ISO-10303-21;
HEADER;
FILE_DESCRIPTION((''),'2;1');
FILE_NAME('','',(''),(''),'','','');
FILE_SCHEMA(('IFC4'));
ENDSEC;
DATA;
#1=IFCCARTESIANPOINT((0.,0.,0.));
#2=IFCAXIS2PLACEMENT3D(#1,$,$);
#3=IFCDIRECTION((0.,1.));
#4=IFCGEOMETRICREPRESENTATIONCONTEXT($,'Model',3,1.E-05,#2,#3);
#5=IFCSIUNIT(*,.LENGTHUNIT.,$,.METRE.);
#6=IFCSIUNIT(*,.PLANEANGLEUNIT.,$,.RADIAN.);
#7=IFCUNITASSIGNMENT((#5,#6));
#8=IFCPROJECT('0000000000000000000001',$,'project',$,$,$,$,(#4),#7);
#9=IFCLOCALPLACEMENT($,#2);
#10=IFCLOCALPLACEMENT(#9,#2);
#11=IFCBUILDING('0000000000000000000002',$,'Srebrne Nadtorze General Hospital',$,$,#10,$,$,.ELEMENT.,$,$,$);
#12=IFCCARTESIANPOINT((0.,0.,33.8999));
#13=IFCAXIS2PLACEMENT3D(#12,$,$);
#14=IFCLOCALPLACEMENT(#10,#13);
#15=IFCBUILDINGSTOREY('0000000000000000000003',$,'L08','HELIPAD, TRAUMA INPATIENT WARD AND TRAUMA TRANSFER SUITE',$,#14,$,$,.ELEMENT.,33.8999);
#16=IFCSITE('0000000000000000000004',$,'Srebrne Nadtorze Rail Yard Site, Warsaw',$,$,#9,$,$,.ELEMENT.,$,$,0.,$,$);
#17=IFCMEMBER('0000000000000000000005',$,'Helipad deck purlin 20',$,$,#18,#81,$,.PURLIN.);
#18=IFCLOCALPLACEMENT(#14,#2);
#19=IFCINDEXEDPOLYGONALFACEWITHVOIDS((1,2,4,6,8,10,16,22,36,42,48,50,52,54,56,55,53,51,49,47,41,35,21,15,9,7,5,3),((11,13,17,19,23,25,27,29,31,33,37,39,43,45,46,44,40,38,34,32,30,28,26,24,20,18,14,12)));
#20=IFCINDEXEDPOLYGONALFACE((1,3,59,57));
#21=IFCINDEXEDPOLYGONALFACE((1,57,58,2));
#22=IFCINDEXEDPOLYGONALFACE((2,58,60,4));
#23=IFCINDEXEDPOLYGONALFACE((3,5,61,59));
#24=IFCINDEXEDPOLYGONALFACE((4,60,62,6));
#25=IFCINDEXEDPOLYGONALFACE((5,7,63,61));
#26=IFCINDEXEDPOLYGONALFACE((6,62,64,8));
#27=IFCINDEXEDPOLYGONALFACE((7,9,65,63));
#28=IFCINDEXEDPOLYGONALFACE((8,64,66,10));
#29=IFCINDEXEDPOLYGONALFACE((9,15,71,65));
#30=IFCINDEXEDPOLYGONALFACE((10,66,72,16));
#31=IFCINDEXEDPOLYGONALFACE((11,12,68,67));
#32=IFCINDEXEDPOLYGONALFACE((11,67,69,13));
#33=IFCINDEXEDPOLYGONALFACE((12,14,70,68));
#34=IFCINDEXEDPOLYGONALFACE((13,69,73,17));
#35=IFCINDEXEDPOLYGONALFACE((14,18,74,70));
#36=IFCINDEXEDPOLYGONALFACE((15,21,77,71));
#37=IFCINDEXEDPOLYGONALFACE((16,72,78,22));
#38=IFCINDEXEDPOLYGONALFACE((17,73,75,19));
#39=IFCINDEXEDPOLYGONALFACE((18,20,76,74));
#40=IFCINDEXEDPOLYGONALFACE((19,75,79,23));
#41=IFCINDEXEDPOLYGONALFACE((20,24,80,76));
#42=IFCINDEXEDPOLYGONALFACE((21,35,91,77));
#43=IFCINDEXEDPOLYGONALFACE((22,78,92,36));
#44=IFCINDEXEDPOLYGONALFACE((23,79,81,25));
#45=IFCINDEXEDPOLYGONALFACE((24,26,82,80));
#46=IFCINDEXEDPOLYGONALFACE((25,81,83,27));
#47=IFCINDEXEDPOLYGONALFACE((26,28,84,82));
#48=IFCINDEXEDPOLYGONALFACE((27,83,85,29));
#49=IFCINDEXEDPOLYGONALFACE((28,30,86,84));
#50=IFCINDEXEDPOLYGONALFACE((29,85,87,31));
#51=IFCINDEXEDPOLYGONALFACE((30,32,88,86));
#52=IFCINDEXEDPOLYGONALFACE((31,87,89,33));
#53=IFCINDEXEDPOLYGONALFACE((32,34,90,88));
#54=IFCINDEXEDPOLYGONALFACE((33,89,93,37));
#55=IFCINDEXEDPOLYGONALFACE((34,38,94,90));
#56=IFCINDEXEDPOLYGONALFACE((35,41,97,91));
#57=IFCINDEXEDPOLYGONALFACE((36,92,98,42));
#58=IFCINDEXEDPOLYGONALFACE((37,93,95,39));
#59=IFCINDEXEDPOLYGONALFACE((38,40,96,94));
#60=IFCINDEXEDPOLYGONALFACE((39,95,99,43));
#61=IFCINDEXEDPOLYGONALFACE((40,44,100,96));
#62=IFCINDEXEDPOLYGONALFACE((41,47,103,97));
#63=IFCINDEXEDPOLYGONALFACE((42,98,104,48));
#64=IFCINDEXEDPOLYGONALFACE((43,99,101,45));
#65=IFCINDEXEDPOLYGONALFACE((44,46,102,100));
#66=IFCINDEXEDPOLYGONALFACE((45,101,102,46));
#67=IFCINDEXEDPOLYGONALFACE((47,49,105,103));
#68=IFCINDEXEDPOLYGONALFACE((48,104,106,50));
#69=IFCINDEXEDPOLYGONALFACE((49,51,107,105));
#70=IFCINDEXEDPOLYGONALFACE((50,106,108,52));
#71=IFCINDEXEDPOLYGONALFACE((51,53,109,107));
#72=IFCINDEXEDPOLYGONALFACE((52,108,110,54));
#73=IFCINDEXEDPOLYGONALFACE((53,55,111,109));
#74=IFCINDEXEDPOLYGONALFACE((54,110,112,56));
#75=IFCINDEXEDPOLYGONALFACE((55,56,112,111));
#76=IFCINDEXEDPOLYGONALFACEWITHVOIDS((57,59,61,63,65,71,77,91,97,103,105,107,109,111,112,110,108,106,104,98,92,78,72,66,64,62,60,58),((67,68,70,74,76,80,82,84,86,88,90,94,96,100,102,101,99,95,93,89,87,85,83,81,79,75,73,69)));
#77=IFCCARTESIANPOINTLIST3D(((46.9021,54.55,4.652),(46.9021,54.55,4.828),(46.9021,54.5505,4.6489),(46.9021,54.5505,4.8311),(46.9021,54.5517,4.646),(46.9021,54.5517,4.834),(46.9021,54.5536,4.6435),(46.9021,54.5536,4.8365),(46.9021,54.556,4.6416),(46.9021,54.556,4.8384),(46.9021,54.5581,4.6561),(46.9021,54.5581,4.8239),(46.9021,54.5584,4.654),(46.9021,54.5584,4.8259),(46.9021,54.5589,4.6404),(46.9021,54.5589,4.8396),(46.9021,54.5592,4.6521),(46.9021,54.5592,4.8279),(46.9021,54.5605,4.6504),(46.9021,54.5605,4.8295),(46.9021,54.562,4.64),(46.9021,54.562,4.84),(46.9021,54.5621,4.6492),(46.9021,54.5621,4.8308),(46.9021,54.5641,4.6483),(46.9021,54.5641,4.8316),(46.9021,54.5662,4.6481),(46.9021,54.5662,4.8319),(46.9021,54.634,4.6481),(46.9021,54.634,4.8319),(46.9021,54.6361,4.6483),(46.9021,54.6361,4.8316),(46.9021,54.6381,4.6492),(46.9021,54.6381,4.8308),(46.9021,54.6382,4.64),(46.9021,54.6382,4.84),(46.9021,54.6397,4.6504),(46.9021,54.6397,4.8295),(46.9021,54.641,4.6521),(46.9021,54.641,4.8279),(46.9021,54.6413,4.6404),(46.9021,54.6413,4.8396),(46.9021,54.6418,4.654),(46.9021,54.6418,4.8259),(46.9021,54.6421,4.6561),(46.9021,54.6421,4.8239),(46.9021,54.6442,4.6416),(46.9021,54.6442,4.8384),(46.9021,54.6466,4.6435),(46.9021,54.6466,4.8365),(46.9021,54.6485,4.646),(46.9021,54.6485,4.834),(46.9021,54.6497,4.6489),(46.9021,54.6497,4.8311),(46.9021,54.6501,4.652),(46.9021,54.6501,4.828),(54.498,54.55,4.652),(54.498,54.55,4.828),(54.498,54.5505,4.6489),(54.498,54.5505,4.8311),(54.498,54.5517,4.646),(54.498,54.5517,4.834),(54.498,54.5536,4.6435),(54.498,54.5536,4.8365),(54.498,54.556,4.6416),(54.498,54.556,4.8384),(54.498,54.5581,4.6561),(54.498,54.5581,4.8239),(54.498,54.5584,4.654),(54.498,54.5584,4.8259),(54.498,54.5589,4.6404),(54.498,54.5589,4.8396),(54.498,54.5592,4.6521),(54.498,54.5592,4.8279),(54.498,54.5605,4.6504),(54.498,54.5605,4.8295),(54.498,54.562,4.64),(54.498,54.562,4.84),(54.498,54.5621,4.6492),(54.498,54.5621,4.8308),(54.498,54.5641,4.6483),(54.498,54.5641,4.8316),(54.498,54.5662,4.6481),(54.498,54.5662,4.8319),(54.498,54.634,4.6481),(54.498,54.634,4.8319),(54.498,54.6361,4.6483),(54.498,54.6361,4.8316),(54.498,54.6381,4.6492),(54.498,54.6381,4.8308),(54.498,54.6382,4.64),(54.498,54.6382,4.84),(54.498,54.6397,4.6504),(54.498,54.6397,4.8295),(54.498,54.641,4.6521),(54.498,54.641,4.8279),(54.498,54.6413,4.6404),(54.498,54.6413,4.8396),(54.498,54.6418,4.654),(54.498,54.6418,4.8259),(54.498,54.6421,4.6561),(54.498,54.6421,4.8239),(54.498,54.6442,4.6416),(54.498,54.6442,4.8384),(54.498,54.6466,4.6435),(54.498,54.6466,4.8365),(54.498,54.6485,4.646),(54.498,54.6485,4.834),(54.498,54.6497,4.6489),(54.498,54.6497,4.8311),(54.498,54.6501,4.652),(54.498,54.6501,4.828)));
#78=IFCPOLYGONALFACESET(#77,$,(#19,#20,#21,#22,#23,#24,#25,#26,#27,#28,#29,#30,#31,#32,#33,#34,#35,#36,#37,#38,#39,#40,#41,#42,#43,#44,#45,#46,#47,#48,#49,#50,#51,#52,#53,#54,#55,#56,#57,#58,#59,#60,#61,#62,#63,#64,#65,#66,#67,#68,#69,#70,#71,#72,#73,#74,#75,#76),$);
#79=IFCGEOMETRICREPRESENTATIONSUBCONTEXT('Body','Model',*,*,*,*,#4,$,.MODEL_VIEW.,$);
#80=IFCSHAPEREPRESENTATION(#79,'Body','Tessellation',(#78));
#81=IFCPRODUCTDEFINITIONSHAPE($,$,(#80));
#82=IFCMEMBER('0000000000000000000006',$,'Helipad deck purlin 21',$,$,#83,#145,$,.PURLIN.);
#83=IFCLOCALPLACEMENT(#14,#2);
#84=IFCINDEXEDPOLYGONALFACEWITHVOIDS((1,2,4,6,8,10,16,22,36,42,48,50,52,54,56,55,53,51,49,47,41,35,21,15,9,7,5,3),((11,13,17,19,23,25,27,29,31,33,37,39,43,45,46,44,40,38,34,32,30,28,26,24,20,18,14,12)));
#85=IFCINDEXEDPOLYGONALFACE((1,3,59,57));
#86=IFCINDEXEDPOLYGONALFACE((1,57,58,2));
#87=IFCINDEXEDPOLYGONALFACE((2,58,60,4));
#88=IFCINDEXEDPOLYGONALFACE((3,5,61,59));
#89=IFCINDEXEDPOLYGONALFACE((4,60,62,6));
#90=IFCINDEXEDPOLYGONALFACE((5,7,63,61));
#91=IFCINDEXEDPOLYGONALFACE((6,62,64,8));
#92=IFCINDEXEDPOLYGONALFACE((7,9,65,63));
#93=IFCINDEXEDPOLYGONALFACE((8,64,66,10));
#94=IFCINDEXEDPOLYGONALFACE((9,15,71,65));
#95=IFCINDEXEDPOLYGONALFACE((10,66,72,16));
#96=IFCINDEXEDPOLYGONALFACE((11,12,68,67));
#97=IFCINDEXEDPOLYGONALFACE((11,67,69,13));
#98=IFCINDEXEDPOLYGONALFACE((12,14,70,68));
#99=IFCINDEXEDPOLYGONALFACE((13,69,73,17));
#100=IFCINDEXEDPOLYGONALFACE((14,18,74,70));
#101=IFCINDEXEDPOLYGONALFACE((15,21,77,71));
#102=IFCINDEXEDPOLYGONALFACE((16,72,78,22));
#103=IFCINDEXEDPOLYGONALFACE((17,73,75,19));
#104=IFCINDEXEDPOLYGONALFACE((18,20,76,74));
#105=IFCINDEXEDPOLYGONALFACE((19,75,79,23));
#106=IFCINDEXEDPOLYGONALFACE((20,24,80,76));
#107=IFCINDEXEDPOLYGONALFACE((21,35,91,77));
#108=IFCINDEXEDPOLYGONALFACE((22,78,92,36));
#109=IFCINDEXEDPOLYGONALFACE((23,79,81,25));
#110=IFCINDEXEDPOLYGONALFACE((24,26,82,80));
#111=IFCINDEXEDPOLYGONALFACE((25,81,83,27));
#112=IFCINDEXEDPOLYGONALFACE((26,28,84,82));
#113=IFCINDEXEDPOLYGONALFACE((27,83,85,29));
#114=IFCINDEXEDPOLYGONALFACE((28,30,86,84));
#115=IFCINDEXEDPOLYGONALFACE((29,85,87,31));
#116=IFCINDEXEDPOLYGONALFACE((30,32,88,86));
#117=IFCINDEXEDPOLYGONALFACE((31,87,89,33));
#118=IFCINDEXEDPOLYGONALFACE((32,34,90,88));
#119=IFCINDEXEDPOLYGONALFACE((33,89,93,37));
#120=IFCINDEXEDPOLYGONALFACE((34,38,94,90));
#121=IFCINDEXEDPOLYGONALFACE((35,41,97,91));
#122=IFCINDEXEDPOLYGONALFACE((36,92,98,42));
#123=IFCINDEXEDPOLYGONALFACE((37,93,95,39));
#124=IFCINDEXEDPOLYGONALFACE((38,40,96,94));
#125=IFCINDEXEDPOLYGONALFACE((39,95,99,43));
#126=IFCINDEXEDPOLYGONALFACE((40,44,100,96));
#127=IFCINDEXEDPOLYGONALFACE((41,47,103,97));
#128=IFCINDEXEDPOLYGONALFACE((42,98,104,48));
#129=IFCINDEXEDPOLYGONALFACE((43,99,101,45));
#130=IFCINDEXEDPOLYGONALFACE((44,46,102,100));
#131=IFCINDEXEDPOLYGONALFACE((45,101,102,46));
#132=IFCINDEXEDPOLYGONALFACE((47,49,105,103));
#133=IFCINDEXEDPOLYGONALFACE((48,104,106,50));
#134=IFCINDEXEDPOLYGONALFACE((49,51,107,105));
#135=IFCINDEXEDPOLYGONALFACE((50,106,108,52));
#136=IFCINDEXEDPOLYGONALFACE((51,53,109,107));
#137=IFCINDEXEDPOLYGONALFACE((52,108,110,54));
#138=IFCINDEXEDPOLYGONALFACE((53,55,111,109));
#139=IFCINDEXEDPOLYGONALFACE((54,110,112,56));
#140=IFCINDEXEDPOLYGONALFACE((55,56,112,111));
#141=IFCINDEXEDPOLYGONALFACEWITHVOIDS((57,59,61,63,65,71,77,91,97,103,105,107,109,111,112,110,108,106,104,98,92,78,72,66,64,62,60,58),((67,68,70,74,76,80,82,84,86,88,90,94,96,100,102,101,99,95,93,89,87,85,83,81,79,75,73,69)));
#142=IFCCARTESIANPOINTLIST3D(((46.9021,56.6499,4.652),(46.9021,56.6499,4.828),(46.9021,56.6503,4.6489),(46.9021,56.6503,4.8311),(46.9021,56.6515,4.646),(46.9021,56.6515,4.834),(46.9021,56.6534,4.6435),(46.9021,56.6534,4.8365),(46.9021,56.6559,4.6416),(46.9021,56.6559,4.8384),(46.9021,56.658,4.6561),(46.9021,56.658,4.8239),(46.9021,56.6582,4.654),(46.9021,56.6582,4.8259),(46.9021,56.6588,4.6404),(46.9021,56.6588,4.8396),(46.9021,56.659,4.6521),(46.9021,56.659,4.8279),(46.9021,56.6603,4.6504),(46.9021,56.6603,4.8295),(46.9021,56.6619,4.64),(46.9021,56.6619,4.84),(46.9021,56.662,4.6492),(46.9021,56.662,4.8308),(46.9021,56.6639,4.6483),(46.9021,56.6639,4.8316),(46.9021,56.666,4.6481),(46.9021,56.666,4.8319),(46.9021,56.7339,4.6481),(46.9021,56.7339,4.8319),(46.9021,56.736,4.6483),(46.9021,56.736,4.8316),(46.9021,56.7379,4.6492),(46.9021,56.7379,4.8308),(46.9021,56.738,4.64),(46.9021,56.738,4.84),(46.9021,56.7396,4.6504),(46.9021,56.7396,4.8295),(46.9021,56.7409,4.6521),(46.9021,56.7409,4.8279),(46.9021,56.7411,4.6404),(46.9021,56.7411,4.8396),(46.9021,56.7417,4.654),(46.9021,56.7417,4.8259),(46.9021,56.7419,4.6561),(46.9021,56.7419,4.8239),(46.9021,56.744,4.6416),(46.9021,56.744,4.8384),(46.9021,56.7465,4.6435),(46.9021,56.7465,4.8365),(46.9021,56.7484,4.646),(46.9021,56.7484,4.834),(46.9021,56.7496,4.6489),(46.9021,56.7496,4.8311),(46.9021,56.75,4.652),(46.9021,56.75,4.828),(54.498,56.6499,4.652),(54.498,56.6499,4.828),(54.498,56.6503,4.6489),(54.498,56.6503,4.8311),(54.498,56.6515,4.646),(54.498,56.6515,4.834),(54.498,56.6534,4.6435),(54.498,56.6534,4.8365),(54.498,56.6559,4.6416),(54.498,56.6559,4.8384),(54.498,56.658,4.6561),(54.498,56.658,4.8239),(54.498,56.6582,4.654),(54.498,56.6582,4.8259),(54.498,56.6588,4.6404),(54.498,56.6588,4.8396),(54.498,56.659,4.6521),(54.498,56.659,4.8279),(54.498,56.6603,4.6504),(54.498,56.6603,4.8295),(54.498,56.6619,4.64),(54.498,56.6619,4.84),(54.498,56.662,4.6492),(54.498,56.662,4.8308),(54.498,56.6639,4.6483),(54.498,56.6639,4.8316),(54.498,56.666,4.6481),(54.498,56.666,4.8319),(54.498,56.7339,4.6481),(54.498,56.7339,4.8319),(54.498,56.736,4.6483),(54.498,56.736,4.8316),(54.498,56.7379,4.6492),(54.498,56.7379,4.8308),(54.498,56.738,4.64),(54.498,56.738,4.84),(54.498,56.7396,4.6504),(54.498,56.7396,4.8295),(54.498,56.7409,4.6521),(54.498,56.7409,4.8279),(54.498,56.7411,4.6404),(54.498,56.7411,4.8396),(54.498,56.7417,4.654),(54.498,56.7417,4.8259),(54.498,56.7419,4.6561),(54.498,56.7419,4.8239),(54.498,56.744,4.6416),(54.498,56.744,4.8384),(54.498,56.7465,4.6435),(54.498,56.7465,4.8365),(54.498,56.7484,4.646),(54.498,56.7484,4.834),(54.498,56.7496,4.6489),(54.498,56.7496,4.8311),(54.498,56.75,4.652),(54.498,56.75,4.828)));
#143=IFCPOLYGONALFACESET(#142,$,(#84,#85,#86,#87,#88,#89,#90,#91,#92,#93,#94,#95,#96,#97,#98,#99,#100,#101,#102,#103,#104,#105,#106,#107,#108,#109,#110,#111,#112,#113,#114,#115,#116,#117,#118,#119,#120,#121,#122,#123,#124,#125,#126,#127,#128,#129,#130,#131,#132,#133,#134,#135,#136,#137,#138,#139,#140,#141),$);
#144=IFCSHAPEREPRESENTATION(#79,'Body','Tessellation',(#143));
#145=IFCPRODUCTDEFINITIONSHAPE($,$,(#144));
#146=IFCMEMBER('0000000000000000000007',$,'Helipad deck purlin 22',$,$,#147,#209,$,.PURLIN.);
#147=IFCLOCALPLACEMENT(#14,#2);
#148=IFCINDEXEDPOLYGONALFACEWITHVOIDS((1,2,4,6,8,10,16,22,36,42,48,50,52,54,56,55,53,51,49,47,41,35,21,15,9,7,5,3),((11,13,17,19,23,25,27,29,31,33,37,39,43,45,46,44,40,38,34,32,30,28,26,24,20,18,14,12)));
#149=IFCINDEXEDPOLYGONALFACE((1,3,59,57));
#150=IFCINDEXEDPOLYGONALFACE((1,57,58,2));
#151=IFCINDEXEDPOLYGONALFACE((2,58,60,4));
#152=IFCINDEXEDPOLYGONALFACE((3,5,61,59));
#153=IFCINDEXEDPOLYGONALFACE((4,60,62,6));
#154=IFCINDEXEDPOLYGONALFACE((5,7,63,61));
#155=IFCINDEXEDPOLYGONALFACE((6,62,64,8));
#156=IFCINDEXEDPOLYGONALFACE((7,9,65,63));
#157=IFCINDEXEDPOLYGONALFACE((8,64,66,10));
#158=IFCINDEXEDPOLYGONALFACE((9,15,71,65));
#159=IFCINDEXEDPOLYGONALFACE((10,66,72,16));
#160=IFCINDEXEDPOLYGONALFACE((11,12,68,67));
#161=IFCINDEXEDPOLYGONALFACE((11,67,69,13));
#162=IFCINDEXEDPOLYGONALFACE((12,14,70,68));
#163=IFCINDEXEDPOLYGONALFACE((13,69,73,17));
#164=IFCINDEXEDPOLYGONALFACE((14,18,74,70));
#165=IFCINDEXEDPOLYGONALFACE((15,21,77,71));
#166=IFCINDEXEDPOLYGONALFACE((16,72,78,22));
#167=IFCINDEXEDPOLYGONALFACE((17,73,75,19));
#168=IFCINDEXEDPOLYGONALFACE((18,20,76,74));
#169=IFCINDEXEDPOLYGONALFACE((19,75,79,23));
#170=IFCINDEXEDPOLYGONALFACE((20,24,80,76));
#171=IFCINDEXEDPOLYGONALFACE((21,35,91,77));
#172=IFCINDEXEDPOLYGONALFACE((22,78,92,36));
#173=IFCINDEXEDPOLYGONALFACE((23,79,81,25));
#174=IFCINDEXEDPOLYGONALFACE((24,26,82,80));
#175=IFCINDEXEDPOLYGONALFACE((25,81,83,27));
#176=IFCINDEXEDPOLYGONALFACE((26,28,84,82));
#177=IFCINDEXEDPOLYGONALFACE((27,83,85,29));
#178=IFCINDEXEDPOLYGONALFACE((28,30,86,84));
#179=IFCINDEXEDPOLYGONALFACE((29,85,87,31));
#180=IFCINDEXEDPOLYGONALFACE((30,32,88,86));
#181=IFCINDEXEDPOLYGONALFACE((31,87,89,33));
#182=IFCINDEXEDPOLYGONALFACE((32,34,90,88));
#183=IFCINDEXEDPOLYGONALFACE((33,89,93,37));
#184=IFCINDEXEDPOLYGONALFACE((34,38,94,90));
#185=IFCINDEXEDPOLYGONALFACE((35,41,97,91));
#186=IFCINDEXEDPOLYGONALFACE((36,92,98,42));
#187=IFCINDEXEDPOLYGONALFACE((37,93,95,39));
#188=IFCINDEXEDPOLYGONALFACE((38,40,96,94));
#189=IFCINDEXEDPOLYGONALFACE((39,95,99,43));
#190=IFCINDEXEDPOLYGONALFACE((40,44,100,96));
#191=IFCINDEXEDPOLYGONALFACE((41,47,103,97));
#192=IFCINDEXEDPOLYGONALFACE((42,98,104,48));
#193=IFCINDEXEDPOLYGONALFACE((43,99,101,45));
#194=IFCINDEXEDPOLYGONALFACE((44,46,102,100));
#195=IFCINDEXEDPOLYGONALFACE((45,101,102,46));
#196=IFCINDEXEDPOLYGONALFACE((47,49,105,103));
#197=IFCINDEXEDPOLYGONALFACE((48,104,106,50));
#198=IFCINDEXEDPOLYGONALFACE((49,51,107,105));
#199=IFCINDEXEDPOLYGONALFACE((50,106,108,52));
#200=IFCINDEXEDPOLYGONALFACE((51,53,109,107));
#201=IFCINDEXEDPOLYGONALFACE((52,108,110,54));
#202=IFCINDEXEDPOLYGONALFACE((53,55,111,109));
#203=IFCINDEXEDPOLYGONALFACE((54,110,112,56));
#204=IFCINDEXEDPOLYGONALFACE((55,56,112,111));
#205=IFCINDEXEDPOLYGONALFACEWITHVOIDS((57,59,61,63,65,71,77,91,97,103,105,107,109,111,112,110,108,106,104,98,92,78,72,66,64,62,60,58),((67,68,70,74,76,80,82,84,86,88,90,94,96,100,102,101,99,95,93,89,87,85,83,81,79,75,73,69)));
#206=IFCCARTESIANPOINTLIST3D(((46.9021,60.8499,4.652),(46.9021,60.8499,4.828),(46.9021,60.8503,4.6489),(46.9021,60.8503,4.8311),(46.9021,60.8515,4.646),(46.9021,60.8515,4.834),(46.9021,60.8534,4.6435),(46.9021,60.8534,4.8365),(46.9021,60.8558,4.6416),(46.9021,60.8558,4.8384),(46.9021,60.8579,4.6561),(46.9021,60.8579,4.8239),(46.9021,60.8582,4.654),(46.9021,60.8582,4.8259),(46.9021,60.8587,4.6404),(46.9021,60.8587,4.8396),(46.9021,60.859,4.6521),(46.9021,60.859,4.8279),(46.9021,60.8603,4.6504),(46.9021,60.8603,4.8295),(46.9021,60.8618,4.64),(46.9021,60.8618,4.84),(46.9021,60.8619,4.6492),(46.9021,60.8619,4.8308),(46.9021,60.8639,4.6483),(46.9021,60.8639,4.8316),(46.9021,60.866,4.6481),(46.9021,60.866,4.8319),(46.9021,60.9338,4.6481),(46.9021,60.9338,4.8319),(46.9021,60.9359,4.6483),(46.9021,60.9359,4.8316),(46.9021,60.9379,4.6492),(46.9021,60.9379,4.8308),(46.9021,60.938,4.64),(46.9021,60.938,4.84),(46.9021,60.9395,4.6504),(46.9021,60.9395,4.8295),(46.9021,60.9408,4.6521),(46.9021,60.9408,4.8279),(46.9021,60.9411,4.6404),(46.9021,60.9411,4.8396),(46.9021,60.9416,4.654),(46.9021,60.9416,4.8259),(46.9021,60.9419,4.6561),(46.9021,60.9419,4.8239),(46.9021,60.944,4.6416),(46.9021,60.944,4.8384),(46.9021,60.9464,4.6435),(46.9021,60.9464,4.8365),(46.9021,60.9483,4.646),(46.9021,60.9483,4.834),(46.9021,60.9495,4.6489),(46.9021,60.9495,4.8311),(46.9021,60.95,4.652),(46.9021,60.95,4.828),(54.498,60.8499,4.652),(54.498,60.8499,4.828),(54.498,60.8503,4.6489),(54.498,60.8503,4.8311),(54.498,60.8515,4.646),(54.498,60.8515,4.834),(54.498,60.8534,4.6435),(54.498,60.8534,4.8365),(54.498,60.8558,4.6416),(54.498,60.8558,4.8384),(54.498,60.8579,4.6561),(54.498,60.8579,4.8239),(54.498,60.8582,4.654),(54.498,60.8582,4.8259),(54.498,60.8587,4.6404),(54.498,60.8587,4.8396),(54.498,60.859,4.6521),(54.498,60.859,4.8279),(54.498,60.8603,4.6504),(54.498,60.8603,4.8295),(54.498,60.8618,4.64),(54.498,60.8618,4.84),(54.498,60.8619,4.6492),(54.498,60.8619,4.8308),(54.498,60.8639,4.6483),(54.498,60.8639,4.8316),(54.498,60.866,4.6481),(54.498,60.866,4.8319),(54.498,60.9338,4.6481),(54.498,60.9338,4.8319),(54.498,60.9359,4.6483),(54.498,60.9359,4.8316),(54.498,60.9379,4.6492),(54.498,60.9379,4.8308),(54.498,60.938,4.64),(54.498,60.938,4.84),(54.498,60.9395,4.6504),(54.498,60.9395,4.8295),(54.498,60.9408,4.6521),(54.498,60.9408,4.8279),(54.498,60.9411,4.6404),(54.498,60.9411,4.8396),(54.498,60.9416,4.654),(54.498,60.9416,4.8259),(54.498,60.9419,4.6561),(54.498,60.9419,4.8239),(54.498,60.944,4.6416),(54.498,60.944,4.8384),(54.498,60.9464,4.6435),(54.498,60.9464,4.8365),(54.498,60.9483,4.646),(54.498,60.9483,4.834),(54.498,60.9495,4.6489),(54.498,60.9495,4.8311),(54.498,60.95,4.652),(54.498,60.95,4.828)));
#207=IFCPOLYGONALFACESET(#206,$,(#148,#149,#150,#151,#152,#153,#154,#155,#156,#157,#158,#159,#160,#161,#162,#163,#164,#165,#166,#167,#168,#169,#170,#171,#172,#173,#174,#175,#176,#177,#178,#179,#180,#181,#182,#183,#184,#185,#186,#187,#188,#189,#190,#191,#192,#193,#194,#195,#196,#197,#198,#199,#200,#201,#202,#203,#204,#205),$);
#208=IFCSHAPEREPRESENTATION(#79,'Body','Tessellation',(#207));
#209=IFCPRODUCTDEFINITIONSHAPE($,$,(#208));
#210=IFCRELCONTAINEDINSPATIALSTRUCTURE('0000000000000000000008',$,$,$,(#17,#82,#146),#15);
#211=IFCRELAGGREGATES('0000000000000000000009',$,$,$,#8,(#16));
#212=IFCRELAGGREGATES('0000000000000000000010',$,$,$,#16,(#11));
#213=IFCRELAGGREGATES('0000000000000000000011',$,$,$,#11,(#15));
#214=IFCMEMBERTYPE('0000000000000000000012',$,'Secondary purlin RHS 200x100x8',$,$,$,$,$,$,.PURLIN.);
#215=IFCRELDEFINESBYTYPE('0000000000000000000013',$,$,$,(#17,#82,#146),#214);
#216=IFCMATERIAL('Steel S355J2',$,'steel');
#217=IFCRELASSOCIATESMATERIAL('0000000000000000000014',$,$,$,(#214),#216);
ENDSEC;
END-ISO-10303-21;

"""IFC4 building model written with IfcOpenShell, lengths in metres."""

from ifc_helpers import new_model, si_unit, direction, frame, origin, origin_2d, place, context, subcontext, project, spatial, hollow_rectangle, extrude, material, material_profile, profile_set, type_object, element, save


model = new_model("IFC4")

# Units and contexts
model_context = context("Model", 3, precision=1e-05, world=origin(), true_north=direction((0.0, 1.0)))
body_context = subcontext(model_context, "Body", "Model", "MODEL_VIEW")
ifc_project = project(units=[si_unit("LENGTHUNIT", "METRE"), si_unit("PLANEANGLEUNIT", "RADIAN")], contexts=[model_context])

# Site, building, storey
site_placement = place(None, origin())
site = spatial("IfcSite", under=ifc_project, at=site_placement, Name="Srebrne Nadtorze Rail Yard Site, Warsaw", CompositionType="ELEMENT", RefElevation=0.0)
building_placement = place(site_placement, origin())
building = spatial("IfcBuilding", under=site, at=building_placement, Name="Srebrne Nadtorze General Hospital", CompositionType="ELEMENT")
storey_placement = place(building_placement, frame((0.0, 0.0, 33.8999)))
storey = spatial("IfcBuildingStorey", under=building, at=storey_placement, Name="L08", Description="HELIPAD, TRAUMA INPATIENT WARD AND TRAUMA TRANSFER SUITE", CompositionType="ELEMENT", Elevation=33.8999)

# Members
ifc_material_1 = material(Name="Steel S355J2", Category="steel")
ifc_material_profile_1 = material_profile(ifc_material_1, hollow_rectangle(XDim=0.1001, YDim=0.2, WallThickness=0.0081, InnerFilletRadius=0.0081, OuterFilletRadius=0.012, at=origin_2d()), Name="RHS-200x100x8")
ifc_profile_set_1 = profile_set([ifc_material_profile_1], Name="Steel S355J2")
member_type_1 = type_object("IfcMemberType", Name="Secondary purlin RHS 200x100x8", PredefinedType="PURLIN", material=ifc_profile_set_1)
for number, where, z_axis, x_axis, name in (
    (1, (46.9021, 54.6001, 4.74), (1.0, 0.0, 0.0), (0.0, 1.0, 0.0), "Helipad deck purlin 20"),
    (2, (46.9021, 56.7, 4.74), (1.0, 0.0, 0.0), (0.0, 1.0, 0.0), "Helipad deck purlin 21"),
    (3, (46.9021, 60.8999, 4.74), (1.0, 0.0, 0.0), (0.0, 1.0, 0.0), "Helipad deck purlin 22"),
):
    element("IfcMember", number, at=place(storey_placement, frame(where, z_axis=z_axis, x_axis=x_axis)), inside=storey, type_object=member_type_1, Name=name, PredefinedType="PURLIN", context=body_context, shape_type="SweptSolid", body=[
        extrude(hollow_rectangle(XDim=0.1001, YDim=0.2, WallThickness=0.0081, InnerFilletRadius=0.0081, OuterFilletRadius=0.012, at=origin_2d()), origin(), (0.0, 0.0, 1.0), 7.5959),
    ])

save(model, "model.ifc")
